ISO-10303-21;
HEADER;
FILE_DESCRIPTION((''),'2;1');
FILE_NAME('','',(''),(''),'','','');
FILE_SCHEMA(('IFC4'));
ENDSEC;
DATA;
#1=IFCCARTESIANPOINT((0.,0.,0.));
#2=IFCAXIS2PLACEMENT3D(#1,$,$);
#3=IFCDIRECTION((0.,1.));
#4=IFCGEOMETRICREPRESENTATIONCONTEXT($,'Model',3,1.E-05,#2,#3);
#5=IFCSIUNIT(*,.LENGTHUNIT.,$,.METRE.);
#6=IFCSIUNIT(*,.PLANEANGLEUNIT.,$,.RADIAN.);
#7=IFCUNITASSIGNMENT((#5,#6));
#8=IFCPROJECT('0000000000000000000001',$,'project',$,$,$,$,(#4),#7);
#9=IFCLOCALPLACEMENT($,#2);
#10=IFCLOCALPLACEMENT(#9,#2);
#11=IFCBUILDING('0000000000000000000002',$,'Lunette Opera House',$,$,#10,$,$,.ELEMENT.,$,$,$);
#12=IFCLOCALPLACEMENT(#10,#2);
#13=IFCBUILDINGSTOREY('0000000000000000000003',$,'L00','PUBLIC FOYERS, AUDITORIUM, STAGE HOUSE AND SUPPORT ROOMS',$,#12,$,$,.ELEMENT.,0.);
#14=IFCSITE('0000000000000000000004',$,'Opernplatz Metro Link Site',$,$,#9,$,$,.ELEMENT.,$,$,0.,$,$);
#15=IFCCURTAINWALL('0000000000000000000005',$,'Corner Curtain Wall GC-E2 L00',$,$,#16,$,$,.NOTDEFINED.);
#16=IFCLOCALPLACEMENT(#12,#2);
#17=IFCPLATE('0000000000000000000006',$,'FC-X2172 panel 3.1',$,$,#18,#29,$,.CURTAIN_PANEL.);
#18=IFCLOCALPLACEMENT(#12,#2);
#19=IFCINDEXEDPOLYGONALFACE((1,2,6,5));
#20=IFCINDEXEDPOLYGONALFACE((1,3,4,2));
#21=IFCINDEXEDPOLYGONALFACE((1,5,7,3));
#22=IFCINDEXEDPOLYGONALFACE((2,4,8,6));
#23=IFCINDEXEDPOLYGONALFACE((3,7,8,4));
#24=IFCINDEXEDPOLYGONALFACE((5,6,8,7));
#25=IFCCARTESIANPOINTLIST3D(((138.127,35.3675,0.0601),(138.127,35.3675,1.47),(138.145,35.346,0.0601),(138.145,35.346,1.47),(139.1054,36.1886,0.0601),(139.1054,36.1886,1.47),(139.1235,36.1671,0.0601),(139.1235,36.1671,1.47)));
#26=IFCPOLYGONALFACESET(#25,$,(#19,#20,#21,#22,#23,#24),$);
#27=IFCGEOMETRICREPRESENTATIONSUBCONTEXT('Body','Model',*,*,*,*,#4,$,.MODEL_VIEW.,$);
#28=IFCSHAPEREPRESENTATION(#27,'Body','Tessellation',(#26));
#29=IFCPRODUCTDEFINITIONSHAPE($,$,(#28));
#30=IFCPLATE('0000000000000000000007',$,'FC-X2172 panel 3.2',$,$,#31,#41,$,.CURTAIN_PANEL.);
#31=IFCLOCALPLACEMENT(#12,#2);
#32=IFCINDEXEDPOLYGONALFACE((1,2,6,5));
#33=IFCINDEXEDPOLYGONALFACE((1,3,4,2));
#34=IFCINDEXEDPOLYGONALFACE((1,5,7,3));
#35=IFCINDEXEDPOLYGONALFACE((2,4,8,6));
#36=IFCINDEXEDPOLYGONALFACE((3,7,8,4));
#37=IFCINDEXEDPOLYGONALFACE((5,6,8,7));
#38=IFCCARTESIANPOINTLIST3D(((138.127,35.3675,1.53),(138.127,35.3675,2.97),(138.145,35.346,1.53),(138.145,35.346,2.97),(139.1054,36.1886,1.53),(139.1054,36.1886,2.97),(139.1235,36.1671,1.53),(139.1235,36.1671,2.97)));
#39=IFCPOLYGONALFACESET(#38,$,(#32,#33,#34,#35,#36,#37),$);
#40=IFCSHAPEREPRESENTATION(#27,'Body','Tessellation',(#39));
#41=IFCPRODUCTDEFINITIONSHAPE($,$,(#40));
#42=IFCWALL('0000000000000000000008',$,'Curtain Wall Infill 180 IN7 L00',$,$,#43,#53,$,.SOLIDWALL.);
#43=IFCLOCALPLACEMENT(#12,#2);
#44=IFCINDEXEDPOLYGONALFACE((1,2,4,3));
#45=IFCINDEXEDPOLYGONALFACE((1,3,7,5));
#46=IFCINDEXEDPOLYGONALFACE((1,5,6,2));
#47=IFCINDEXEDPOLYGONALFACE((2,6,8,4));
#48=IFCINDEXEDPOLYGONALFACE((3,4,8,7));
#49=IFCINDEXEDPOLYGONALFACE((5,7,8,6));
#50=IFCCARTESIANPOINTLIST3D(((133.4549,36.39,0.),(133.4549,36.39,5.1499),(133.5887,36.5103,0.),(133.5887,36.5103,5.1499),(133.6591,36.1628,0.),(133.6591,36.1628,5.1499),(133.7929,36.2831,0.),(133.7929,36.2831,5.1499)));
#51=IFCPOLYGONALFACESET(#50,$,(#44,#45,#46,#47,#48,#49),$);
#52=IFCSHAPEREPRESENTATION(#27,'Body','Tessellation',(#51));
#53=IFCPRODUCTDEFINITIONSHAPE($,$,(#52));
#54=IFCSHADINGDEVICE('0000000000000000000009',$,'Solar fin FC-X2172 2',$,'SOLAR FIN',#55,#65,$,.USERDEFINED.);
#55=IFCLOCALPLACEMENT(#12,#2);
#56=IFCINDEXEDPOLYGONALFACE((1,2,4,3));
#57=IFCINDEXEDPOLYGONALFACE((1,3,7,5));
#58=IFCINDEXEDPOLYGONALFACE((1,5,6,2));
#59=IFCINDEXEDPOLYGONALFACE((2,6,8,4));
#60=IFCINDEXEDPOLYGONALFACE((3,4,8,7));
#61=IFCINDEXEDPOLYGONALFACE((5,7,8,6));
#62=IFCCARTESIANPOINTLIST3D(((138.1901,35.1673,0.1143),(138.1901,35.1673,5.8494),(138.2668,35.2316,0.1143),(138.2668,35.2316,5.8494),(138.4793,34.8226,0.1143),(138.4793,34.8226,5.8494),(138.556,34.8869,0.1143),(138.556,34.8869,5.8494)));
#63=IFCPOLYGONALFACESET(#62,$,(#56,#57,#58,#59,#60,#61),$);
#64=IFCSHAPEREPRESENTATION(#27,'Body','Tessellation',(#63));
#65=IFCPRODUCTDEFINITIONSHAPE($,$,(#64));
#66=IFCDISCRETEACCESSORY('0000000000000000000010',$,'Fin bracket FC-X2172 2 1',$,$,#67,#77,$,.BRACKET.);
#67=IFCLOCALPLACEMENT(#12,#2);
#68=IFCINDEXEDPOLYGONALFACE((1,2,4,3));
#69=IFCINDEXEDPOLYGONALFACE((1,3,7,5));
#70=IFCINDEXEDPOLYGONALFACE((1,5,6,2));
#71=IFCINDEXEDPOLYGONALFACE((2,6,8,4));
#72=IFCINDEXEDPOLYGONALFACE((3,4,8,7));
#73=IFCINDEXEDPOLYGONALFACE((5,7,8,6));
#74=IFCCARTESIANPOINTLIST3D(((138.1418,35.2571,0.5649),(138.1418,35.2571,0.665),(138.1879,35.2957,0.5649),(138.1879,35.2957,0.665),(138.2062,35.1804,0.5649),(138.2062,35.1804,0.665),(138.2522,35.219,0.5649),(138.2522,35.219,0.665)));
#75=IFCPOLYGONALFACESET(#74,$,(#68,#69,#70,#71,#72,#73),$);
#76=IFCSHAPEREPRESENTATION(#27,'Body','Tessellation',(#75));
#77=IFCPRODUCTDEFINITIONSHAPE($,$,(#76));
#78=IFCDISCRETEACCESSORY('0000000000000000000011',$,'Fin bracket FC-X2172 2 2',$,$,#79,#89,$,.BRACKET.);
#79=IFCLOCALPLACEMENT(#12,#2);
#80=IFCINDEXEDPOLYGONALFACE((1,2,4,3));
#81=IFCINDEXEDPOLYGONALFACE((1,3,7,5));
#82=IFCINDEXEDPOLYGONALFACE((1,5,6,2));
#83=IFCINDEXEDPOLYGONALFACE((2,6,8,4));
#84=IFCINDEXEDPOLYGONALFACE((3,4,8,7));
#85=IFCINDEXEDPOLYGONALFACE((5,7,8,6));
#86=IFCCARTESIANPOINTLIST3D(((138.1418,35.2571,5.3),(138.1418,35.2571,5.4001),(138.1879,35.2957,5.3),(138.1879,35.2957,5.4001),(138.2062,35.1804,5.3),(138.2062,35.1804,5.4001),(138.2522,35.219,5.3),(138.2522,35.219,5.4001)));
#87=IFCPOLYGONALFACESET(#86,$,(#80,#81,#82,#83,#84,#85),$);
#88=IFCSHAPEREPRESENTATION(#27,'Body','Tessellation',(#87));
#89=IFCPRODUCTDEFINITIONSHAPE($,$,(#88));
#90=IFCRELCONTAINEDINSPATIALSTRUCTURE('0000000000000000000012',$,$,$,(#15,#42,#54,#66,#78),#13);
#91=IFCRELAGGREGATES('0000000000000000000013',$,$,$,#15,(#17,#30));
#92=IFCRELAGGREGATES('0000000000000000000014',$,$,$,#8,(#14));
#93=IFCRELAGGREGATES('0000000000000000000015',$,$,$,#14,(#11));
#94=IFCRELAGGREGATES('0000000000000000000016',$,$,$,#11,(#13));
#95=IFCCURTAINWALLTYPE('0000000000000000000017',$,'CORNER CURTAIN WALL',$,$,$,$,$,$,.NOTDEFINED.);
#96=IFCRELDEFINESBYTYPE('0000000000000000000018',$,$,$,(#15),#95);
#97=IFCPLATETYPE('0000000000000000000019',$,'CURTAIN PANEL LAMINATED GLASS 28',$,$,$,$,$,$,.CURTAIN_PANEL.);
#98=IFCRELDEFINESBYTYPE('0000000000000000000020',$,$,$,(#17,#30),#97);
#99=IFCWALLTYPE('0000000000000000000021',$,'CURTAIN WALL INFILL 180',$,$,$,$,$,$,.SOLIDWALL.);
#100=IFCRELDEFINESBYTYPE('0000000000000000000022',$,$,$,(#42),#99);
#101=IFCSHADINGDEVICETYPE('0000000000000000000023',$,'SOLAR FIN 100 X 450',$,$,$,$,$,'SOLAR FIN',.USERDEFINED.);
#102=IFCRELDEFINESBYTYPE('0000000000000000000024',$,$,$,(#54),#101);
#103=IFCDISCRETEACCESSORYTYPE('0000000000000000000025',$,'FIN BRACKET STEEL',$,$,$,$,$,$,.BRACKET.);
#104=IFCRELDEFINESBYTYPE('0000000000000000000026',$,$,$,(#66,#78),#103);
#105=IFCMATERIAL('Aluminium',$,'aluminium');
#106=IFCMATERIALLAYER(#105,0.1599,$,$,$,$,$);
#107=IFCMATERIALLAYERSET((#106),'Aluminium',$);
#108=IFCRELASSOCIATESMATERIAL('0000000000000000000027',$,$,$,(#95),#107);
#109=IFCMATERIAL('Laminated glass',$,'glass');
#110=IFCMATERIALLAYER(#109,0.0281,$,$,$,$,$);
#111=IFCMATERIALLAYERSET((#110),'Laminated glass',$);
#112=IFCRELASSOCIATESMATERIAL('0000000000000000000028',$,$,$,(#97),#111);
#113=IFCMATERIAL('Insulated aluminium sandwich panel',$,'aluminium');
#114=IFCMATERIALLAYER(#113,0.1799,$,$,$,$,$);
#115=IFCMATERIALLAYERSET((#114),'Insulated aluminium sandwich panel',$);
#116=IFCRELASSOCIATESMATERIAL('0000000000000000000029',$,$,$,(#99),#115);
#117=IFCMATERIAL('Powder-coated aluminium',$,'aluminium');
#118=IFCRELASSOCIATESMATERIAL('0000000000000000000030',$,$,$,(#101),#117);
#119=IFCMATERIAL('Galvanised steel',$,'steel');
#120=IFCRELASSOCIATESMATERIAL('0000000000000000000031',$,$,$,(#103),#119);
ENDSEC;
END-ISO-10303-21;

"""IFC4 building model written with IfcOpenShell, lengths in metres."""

from ifc_helpers import new_model, si_unit, direction, frame, frame_2d, origin, origin_2d, place, context, subcontext, project, spatial, rectangle, extrude, material, layer, layer_set, type_object, element, aggregate, save


model = new_model("IFC4")

# Units and contexts
model_context = context("Model", 3, precision=1e-05, world=origin(), true_north=direction((0.0, 1.0)))
body_context = subcontext(model_context, "Body", "Model", "MODEL_VIEW")
ifc_project = project(units=[si_unit("LENGTHUNIT", "METRE"), si_unit("PLANEANGLEUNIT", "RADIAN")], contexts=[model_context])

# Site, building, storey
site_placement = place(None, origin())
site = spatial("IfcSite", under=ifc_project, at=site_placement, Name="Opernplatz Metro Link Site", CompositionType="ELEMENT", RefElevation=0.0)
building_placement = place(site_placement, origin())
building = spatial("IfcBuilding", under=site, at=building_placement, Name="Lunette Opera House", CompositionType="ELEMENT")
storey_placement = place(building_placement, origin())
storey = spatial("IfcBuildingStorey", under=building, at=storey_placement, Name="L00", Description="PUBLIC FOYERS, AUDITORIUM, STAGE HOUSE AND SUPPORT ROOMS", CompositionType="ELEMENT", Elevation=0.0)

# Shared definitions
ifc_material_1 = material(Name="Aluminium", Category="aluminium")
ifc_layer_1 = layer(ifc_material_1, 0.1599)
ifc_layer_set_1 = layer_set([ifc_layer_1], Name="Aluminium")
curtain_wall_type_1 = type_object("IfcCurtainWallType", Name="CORNER CURTAIN WALL", PredefinedType="NOTDEFINED", material=ifc_layer_set_1)

# Curtain wall
curtain_wall_1_placement = place(storey_placement, origin())
curtain_wall_1 = element("IfcCurtainWall", 1, at=curtain_wall_1_placement, inside=storey, type_object=curtain_wall_type_1, Name="Corner Curtain Wall GC-E2 L00", PredefinedType="NOTDEFINED")

# Plates
ifc_material_2 = material(Name="Laminated glass", Category="glass")
ifc_layer_2 = layer(ifc_material_2, 0.0281)
ifc_layer_set_2 = layer_set([ifc_layer_2], Name="Laminated glass")
plate_type = type_object("IfcPlateType", Name="CURTAIN PANEL LAMINATED GLASS 28", PredefinedType="CURTAIN_PANEL", material=ifc_layer_set_2)
plate_1_placement = place(storey_placement, frame((138.6252, 35.7673, 0.0601), z_axis=(0.0, 0.0, 1.0), x_axis=(0.76601, 0.642828, 0.0)))
plate_1 = element("IfcPlate", 2, at=plate_1_placement, type_object=plate_type, Name="FC-X2172 panel 3.1", PredefinedType="CURTAIN_PANEL", context=body_context, shape_type="SweptSolid", body=[
    extrude(rectangle(XDim=1.2773, YDim=0.0281, at=origin_2d()), origin(), (0.0, 0.0, 1.0), 1.4099),
])
plate_2_placement = place(storey_placement, frame((138.6252, 35.7673, 1.53), z_axis=(0.0, 0.0, 1.0), x_axis=(0.76601, 0.642828, 0.0)))
plate_2 = element("IfcPlate", 3, at=plate_2_placement, type_object=plate_type, Name="FC-X2172 panel 3.2", PredefinedType="CURTAIN_PANEL", context=body_context, shape_type="SweptSolid", body=[
    extrude(rectangle(XDim=1.2773, YDim=0.0281, at=origin_2d()), origin(), (0.0, 0.0, 1.0), 1.4399),
])
aggregate(curtain_wall_1, [plate_1, plate_2])

# Wall
ifc_material_3 = material(Name="Insulated aluminium sandwich panel", Category="aluminium")
ifc_layer_3 = layer(ifc_material_3, 0.1799)
ifc_layer_set_3 = layer_set([ifc_layer_3], Name="Insulated aluminium sandwich panel")
wall_type = type_object("IfcWallType", Name="CURTAIN WALL INFILL 180", PredefinedType="SOLIDWALL", material=ifc_layer_set_3)
wall_placement = place(storey_placement, frame((133.7261, 36.2229, 0.0), z_axis=(0.0, 0.0, 1.0), x_axis=(-0.668523, 0.743692, 0.0)))
element("IfcWall", 4, at=wall_placement, inside=storey, type_object=wall_type, Name="Curtain Wall Infill 180 IN7 L00", PredefinedType="SOLIDWALL", context=body_context, shape_type="SweptSolid", body=[
    extrude(rectangle(XDim=0.3054, YDim=0.1799, at=frame_2d((0.1528, 0.0))), origin(), (0.0, 0.0, 1.0), 5.1499),
])

# Shading device
ifc_material_4 = material(Name="Powder-coated aluminium", Category="aluminium")
shading_device_type = type_object("IfcShadingDeviceType", Name="SOLAR FIN 100 X 450", ElementType="SOLAR FIN", PredefinedType="USERDEFINED", material=ifc_material_4)
shading_device_placement = place(storey_placement, frame((138.373, 35.0271, 0.1143), z_axis=(0.0, 0.0, 1.0), x_axis=(0.642828, -0.766011, 0.0)))
element("IfcShadingDevice", 5, at=shading_device_placement, inside=storey, type_object=shading_device_type, Name="Solar fin FC-X2172 2", ObjectType="SOLAR FIN", PredefinedType="USERDEFINED", context=body_context, shape_type="SweptSolid", body=[
    extrude(rectangle(XDim=0.45, YDim=0.1001, at=origin_2d()), origin(), (0.0, 0.0, 1.0), 5.7351),
])

# Discrete accessories
ifc_material_5 = material(Name="Galvanised steel", Category="steel")
discrete_accessory_type = type_object("IfcDiscreteAccessoryType", Name="FIN BRACKET STEEL", PredefinedType="BRACKET", material=ifc_material_5)
for number, where, z_axis, x_axis, name in (
    (6, (138.197, 35.238, 0.5649), (0.0, 0.0, 1.0), (0.642828, -0.766011, 0.0), "Fin bracket FC-X2172 2 1"),
    (7, (138.197, 35.238, 5.3), (0.0, 0.0, 1.0), (0.642828, -0.766011, 0.0), "Fin bracket FC-X2172 2 2"),
):
    element("IfcDiscreteAccessory", number, at=place(storey_placement, frame(where, z_axis=z_axis, x_axis=x_axis)), inside=storey, type_object=discrete_accessory_type, Name=name, PredefinedType="BRACKET", context=body_context, shape_type="SweptSolid", body=[
        extrude(rectangle(XDim=0.1001, YDim=0.0601, at=origin_2d()), origin(), (0.0, 0.0, 1.0), 0.1001),
    ])

save(model, "model.ifc")
